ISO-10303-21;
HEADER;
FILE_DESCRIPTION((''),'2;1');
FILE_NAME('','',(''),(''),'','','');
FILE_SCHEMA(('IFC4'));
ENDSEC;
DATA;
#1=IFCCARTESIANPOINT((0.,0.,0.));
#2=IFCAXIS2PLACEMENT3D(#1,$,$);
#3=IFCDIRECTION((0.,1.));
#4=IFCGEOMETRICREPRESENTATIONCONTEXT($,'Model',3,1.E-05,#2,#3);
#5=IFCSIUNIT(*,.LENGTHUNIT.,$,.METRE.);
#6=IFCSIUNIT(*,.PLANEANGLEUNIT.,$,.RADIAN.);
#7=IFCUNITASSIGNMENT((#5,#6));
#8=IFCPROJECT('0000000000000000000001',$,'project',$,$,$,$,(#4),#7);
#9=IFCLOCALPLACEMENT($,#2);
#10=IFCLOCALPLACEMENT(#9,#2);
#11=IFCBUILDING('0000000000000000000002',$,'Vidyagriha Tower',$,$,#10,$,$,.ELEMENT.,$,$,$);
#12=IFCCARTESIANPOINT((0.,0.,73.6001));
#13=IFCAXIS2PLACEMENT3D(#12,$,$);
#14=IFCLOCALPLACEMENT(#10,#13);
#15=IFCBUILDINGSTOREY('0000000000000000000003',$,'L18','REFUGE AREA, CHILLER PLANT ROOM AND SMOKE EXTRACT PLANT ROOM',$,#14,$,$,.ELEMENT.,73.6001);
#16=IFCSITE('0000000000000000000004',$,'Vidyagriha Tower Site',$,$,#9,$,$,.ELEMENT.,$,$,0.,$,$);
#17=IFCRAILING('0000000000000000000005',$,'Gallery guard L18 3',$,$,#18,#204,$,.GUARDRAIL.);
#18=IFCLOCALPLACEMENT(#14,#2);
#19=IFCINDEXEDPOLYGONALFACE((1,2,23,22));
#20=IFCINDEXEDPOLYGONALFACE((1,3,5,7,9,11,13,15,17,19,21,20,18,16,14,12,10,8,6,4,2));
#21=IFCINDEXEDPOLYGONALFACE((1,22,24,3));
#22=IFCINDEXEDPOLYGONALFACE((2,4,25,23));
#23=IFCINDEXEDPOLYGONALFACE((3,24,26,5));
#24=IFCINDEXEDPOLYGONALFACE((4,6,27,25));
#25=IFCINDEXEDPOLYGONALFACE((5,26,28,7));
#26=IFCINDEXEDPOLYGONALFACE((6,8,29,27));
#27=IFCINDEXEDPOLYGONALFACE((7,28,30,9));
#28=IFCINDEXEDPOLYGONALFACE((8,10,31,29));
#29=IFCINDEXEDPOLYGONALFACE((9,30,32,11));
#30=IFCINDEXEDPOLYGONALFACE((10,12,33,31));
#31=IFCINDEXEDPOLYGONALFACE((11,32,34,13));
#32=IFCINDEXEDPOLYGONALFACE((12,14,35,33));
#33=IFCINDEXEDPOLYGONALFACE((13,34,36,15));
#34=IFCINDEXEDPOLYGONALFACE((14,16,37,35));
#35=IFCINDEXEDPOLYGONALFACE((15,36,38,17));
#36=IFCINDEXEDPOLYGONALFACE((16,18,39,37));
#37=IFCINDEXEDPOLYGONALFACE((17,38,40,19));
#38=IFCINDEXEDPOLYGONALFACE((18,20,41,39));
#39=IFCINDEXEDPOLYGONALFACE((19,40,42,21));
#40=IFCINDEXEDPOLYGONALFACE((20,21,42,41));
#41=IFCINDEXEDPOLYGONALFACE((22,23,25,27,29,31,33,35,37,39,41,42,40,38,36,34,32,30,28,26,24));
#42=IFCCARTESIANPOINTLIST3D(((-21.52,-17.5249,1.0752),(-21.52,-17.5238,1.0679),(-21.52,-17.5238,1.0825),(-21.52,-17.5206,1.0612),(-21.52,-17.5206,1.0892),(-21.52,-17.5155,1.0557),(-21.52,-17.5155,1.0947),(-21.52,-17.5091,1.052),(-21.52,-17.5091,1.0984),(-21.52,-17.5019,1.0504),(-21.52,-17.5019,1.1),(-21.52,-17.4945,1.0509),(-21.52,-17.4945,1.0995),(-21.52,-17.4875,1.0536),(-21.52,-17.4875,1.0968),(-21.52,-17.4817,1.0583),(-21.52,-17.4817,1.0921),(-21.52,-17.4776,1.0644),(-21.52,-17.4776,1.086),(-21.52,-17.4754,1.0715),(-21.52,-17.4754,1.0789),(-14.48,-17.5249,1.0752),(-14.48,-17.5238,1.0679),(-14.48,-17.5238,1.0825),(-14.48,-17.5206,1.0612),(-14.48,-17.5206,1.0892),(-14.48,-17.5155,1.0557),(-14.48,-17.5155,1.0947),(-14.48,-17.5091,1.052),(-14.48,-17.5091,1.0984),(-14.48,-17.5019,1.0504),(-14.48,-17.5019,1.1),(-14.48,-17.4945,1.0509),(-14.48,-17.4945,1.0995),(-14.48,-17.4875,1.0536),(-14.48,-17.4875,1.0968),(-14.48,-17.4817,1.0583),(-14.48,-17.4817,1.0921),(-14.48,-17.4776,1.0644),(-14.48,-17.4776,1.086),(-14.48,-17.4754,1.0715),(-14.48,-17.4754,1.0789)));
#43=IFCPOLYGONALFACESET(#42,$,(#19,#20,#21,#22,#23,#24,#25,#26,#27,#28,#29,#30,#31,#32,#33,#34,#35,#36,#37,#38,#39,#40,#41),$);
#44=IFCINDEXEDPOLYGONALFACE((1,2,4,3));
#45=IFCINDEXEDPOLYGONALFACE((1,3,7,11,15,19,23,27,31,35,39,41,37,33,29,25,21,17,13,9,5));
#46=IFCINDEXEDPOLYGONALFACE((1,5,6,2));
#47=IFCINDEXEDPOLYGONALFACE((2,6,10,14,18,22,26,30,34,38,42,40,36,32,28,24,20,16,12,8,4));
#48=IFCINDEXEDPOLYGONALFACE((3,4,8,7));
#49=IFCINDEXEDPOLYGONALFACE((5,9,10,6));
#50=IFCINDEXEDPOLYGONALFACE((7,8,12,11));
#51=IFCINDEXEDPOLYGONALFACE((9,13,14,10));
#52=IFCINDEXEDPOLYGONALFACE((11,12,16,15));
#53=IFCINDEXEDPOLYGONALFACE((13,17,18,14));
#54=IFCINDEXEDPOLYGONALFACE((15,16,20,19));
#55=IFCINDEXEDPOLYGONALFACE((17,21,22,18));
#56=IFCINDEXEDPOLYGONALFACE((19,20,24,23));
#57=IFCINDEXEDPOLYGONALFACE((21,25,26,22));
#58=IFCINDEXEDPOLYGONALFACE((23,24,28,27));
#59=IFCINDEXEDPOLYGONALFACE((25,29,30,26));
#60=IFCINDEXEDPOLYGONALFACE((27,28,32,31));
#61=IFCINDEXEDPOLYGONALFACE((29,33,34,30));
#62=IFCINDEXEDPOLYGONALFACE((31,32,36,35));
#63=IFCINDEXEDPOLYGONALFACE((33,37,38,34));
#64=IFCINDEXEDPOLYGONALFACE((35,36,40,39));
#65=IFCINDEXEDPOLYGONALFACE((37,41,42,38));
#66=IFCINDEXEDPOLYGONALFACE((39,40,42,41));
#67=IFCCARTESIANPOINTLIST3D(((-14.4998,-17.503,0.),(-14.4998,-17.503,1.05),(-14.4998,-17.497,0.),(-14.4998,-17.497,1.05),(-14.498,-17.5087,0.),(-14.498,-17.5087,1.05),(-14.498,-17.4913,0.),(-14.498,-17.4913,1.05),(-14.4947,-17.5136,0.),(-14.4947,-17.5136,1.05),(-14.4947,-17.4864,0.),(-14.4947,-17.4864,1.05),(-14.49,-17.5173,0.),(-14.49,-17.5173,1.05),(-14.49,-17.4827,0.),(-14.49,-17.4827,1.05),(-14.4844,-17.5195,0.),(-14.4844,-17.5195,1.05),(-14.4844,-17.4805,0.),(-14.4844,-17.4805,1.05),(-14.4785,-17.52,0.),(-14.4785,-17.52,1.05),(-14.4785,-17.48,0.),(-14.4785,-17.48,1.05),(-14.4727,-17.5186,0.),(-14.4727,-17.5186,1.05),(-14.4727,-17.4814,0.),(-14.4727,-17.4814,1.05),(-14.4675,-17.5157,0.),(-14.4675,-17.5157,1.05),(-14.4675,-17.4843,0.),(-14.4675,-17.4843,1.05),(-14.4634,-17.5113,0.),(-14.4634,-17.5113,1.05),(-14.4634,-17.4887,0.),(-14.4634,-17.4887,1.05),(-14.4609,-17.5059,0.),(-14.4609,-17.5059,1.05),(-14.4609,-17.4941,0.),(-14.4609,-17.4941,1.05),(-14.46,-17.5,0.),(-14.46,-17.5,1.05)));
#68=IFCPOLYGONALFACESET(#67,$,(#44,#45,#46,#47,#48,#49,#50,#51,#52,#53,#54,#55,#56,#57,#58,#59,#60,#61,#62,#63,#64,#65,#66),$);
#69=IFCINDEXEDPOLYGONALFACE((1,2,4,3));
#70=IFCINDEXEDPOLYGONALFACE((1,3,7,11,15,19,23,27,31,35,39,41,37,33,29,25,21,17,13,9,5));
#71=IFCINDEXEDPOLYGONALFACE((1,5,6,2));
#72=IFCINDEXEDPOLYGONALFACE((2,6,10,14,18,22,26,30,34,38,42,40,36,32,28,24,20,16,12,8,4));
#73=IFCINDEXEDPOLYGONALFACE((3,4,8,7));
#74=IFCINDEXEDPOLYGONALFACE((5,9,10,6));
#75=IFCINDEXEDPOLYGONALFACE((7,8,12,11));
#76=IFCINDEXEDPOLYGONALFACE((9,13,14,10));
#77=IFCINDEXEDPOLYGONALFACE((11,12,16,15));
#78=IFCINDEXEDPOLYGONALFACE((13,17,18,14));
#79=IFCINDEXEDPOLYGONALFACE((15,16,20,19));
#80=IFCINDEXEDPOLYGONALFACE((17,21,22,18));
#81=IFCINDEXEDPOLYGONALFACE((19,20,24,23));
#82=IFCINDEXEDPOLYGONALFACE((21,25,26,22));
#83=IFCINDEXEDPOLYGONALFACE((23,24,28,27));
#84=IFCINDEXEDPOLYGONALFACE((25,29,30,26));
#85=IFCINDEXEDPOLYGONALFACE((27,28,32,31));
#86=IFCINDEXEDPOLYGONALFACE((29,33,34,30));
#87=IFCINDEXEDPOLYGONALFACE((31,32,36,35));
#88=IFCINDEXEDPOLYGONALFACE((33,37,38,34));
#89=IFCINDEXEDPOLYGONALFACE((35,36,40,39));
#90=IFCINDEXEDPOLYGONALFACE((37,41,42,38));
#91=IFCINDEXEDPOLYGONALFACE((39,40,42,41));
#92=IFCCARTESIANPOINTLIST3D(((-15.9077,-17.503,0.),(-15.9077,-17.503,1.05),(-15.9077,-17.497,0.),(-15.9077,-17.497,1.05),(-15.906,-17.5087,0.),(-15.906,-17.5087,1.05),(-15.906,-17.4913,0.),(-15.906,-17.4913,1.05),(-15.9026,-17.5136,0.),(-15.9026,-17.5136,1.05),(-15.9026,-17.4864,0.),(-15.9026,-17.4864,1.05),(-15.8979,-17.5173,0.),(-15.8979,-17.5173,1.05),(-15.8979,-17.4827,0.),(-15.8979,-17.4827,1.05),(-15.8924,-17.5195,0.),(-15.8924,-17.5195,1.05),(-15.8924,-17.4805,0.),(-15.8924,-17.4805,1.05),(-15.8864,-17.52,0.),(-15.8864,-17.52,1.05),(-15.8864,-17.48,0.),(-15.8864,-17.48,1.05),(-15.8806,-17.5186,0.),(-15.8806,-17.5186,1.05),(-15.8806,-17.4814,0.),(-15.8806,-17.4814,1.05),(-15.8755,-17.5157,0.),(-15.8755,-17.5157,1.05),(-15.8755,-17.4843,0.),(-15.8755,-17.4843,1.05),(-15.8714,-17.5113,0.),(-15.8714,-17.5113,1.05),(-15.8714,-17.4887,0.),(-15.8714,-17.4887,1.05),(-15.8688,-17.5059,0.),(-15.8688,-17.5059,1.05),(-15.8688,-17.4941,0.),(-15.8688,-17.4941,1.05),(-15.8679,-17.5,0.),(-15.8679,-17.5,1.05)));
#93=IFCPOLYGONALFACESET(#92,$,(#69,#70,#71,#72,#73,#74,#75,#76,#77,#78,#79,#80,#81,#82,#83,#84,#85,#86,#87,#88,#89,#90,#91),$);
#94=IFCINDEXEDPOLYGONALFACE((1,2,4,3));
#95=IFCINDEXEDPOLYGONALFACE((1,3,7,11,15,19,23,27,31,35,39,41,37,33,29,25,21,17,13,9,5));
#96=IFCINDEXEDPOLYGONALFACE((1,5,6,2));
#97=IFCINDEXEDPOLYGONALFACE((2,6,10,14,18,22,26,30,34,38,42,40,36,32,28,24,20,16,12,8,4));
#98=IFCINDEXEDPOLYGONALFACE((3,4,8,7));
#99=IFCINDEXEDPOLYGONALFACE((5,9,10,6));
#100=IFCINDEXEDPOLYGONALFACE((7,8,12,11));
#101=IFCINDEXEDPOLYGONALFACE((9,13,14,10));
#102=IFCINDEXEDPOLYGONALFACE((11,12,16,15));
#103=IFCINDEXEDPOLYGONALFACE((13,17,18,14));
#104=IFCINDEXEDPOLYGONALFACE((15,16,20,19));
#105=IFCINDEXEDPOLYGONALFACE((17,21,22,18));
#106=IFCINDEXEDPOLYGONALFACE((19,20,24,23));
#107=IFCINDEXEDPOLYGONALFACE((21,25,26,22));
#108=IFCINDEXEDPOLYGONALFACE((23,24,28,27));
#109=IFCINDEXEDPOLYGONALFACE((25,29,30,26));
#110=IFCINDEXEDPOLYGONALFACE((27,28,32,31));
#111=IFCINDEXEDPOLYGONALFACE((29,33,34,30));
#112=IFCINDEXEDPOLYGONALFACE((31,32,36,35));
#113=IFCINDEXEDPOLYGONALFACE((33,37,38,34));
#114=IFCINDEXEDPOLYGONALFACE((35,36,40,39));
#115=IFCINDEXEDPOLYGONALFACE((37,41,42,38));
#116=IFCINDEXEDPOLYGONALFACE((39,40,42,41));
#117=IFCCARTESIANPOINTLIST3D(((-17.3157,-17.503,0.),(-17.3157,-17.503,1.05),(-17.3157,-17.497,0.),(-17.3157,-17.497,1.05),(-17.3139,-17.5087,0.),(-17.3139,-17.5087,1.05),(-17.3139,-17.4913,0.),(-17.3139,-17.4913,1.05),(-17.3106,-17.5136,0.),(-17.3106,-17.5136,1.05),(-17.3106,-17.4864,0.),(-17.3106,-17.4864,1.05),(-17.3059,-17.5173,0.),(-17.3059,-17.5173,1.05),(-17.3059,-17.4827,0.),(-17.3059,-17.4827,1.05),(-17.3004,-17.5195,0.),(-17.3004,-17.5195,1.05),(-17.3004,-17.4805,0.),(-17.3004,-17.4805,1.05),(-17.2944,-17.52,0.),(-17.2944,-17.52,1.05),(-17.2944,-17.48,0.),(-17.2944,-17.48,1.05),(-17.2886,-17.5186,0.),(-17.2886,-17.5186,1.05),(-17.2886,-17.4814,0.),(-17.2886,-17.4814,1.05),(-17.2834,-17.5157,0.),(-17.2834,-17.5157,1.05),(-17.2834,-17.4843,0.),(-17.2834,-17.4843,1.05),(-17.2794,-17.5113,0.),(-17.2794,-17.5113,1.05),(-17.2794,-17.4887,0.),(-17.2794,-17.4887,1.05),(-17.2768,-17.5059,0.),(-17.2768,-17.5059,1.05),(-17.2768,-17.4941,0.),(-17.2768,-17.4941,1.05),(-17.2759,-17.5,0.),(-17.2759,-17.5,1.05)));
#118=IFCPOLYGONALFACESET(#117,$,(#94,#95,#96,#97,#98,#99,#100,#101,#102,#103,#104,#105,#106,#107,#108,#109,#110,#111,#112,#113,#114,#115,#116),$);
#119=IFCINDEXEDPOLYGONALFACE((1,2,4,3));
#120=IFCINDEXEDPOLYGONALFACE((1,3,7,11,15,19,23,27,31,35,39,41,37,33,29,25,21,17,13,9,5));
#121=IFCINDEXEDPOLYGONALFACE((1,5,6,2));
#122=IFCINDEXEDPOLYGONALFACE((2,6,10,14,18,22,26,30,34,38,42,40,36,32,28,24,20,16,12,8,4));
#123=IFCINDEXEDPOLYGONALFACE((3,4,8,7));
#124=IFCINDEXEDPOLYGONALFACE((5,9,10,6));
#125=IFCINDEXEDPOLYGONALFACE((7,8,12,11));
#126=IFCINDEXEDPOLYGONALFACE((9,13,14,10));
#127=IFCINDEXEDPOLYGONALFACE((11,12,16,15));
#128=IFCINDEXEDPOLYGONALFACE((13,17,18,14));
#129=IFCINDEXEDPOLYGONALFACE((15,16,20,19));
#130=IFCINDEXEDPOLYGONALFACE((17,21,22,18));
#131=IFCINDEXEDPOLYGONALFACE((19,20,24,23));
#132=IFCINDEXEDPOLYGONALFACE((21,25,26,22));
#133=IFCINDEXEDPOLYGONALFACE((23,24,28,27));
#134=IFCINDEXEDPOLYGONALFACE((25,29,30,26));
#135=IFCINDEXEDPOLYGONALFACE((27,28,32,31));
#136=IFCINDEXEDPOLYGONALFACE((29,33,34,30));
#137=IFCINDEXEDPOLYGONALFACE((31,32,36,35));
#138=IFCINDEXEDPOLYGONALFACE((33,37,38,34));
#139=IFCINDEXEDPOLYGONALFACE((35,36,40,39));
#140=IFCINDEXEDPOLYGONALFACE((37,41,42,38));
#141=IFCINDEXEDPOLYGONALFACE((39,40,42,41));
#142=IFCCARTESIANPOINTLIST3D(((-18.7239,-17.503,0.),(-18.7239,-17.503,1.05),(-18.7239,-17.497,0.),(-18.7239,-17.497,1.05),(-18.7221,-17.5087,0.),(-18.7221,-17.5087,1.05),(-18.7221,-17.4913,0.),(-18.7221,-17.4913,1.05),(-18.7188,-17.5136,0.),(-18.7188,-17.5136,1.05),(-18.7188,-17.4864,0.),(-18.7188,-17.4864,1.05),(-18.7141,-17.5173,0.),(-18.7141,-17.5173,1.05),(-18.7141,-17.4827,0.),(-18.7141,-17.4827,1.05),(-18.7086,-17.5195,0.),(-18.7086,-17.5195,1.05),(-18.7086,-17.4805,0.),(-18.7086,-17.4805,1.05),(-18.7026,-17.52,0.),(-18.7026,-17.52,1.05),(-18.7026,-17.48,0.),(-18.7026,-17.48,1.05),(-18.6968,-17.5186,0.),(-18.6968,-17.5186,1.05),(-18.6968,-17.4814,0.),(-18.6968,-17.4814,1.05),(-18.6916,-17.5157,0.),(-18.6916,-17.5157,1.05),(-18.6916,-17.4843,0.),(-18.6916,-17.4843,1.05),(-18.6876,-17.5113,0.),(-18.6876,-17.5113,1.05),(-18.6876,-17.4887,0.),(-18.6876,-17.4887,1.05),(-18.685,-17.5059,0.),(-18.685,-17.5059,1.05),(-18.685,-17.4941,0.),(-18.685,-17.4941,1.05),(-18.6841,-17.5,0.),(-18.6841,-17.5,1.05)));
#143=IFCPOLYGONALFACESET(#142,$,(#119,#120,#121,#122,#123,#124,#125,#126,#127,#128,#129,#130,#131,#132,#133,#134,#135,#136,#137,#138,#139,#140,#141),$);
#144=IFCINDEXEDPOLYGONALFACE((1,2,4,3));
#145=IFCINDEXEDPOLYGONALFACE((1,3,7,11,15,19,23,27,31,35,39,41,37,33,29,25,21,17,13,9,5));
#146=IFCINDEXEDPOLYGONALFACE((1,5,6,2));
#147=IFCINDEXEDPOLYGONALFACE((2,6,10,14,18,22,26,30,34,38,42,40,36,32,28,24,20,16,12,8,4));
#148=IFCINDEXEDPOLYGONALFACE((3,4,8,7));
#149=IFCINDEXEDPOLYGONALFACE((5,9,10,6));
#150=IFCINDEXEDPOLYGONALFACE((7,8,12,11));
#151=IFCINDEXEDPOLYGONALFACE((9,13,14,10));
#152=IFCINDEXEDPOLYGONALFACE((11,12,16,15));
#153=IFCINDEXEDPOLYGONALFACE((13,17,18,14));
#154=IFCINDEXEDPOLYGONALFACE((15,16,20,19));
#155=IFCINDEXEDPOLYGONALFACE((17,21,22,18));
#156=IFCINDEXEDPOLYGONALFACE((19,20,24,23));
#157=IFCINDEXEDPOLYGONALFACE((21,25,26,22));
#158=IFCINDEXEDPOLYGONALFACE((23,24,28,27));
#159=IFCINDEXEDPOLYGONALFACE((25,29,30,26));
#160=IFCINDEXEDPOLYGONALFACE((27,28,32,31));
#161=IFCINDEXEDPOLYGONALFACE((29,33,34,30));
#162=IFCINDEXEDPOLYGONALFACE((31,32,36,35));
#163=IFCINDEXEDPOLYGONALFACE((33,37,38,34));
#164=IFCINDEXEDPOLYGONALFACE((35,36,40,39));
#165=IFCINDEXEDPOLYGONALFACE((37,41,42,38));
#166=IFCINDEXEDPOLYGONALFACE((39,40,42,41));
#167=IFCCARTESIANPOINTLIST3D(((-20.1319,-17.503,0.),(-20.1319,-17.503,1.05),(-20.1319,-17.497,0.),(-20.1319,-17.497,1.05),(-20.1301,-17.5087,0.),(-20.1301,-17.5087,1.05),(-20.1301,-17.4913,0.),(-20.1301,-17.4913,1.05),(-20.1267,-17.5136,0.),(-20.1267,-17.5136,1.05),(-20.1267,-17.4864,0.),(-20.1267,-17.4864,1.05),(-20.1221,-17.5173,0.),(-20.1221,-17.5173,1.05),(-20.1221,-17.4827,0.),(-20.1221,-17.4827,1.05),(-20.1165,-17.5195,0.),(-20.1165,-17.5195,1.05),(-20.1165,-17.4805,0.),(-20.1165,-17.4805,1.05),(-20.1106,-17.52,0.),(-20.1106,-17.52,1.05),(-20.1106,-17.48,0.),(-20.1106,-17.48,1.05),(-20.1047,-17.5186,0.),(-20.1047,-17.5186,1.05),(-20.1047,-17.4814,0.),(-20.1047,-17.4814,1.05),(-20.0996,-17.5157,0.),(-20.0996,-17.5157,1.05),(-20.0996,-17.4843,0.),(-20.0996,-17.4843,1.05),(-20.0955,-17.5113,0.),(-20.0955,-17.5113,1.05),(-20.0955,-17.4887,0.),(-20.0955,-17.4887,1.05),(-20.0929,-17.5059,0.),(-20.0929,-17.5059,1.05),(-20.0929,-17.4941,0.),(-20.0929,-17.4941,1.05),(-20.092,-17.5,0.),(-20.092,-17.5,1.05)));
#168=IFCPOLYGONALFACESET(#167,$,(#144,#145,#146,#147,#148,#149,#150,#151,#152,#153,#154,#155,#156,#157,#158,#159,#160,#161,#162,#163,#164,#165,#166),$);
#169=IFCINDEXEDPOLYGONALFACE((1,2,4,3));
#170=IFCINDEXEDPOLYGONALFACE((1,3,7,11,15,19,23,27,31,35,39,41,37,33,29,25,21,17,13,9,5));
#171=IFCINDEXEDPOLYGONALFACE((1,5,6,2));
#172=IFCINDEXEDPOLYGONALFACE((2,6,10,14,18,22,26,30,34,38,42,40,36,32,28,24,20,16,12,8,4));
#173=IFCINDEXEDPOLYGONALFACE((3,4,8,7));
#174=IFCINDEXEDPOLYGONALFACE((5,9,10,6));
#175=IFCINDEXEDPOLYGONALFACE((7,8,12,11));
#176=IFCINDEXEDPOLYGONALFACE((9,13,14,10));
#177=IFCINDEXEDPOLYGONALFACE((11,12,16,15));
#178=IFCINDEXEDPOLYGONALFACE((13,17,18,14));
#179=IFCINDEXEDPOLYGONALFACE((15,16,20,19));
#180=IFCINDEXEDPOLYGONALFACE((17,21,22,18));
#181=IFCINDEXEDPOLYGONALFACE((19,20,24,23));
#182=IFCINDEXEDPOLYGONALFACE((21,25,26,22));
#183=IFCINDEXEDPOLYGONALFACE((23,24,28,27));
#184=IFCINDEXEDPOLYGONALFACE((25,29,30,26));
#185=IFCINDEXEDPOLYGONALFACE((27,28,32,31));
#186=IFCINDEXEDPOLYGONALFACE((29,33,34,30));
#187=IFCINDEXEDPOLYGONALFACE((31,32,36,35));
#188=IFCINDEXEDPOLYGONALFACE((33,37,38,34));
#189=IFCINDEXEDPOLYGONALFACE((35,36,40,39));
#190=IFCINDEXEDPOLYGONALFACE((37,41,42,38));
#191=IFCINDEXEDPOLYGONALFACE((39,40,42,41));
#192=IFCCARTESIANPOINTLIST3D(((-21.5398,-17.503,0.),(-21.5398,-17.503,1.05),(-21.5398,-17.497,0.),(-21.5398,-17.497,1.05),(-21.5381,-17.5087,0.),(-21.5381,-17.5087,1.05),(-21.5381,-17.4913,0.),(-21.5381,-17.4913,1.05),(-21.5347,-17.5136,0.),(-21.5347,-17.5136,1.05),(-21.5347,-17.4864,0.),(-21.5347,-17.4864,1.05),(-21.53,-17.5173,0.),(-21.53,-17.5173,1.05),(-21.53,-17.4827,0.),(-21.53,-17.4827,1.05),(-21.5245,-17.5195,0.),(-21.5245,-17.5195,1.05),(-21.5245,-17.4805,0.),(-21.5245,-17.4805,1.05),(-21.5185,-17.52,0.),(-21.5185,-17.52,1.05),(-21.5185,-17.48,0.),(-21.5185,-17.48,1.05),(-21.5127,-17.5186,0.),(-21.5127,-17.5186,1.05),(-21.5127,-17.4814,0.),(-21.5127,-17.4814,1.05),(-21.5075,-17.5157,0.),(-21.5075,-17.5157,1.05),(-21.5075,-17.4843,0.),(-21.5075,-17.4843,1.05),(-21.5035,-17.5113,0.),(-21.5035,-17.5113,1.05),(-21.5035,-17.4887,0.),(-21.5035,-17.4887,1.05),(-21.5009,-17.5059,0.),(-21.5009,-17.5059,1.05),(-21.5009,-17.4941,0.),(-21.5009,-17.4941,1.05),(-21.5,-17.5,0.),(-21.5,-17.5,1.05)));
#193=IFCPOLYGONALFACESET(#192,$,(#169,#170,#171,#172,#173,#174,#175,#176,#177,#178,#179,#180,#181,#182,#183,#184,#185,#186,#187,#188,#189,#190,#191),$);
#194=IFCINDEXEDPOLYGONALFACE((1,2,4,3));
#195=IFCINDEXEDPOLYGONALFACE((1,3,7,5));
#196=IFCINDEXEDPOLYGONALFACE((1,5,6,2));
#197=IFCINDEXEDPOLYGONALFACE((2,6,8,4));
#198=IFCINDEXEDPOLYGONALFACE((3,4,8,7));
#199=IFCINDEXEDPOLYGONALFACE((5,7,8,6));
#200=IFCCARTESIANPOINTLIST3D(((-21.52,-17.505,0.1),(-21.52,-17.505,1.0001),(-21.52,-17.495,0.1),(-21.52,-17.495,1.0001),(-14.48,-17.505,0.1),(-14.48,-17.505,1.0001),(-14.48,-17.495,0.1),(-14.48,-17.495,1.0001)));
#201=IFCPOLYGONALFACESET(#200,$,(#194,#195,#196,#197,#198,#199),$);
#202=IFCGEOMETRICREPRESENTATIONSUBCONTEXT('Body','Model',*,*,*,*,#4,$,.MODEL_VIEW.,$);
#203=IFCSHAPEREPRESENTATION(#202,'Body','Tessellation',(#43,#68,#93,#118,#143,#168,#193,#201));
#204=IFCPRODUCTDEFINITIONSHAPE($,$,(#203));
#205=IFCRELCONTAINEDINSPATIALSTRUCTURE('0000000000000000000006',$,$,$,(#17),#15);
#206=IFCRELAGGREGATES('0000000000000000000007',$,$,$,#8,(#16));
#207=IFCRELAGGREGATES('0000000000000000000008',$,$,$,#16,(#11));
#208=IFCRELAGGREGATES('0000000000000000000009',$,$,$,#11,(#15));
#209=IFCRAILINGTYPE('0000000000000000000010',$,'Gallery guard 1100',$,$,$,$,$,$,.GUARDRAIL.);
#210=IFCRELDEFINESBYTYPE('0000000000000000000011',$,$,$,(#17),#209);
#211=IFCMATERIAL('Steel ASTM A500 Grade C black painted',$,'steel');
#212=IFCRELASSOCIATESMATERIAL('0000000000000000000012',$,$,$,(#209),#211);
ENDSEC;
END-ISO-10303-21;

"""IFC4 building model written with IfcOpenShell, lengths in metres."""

from ifc_helpers import new_model, si_unit, direction, frame, origin, origin_2d, place, context, subcontext, project, spatial, rectangle, circle, extrude, material, type_object, element, save


model = new_model("IFC4")

# Units and contexts
model_context = context("Model", 3, precision=1e-05, world=origin(), true_north=direction((0.0, 1.0)))
body_context = subcontext(model_context, "Body", "Model", "MODEL_VIEW")
ifc_project = project(units=[si_unit("LENGTHUNIT", "METRE"), si_unit("PLANEANGLEUNIT", "RADIAN")], contexts=[model_context])

# Site, building, storey
site_placement = place(None, origin())
site = spatial("IfcSite", under=ifc_project, at=site_placement, Name="Vidyagriha Tower Site", CompositionType="ELEMENT", RefElevation=0.0)
building_placement = place(site_placement, origin())
building = spatial("IfcBuilding", under=site, at=building_placement, Name="Vidyagriha Tower", CompositionType="ELEMENT")
storey_placement = place(building_placement, frame((0.0, 0.0, 73.6001)))
storey = spatial("IfcBuildingStorey", under=building, at=storey_placement, Name="L18", Description="REFUGE AREA, CHILLER PLANT ROOM AND SMOKE EXTRACT PLANT ROOM", CompositionType="ELEMENT", Elevation=73.6001)

# Railing
ifc_material_1 = material(Name="Steel ASTM A500 Grade C black painted", Category="steel")
railing_type = type_object("IfcRailingType", Name="Gallery guard 1100", PredefinedType="GUARDRAIL", material=ifc_material_1)
for number, where, name in (
    (1, (-14.48, -17.5, 0.0), "Gallery guard L18 3"),
):
    element("IfcRailing", number, at=place(storey_placement, frame(where)), inside=storey, type_object=railing_type, Name=name, PredefinedType="GUARDRAIL", context=body_context, shape_type="SweptSolid", body=[
        extrude(circle(Radius=0.0249, at=origin_2d()), frame((0.0, 0.0, 1.0752), z_axis=(-1.0, 0.0, 0.0), x_axis=(0.0, -1.0, 0.0)), (0.0, 0.0, 1.0), 7.04),
        extrude(circle(Radius=0.02, at=origin_2d()), origin(), (0.0, 0.0, 1.0), 1.05),
        extrude(circle(Radius=0.02, at=origin_2d()), frame((-1.408, 0.0, 0.0)), (0.0, 0.0, 1.0), 1.05),
        extrude(circle(Radius=0.02, at=origin_2d()), frame((-2.8159, 0.0, 0.0)), (0.0, 0.0, 1.0), 1.05),
        extrude(circle(Radius=0.02, at=origin_2d()), frame((-4.2241, 0.0, 0.0)), (0.0, 0.0, 1.0), 1.05),
        extrude(circle(Radius=0.02, at=origin_2d()), frame((-5.6321, 0.0, 0.0)), (0.0, 0.0, 1.0), 1.05),
        extrude(circle(Radius=0.02, at=origin_2d()), frame((-7.04, 0.0, 0.0)), (0.0, 0.0, 1.0), 1.05),
        extrude(rectangle(XDim=0.01, YDim=0.9001, at=origin_2d()), frame((0.0, 0.0, 0.55), z_axis=(-1.0, 0.0, 0.0), x_axis=(0.0, -1.0, 0.0)), (0.0, 0.0, 1.0), 7.04),
    ])

save(model, "model.ifc")
